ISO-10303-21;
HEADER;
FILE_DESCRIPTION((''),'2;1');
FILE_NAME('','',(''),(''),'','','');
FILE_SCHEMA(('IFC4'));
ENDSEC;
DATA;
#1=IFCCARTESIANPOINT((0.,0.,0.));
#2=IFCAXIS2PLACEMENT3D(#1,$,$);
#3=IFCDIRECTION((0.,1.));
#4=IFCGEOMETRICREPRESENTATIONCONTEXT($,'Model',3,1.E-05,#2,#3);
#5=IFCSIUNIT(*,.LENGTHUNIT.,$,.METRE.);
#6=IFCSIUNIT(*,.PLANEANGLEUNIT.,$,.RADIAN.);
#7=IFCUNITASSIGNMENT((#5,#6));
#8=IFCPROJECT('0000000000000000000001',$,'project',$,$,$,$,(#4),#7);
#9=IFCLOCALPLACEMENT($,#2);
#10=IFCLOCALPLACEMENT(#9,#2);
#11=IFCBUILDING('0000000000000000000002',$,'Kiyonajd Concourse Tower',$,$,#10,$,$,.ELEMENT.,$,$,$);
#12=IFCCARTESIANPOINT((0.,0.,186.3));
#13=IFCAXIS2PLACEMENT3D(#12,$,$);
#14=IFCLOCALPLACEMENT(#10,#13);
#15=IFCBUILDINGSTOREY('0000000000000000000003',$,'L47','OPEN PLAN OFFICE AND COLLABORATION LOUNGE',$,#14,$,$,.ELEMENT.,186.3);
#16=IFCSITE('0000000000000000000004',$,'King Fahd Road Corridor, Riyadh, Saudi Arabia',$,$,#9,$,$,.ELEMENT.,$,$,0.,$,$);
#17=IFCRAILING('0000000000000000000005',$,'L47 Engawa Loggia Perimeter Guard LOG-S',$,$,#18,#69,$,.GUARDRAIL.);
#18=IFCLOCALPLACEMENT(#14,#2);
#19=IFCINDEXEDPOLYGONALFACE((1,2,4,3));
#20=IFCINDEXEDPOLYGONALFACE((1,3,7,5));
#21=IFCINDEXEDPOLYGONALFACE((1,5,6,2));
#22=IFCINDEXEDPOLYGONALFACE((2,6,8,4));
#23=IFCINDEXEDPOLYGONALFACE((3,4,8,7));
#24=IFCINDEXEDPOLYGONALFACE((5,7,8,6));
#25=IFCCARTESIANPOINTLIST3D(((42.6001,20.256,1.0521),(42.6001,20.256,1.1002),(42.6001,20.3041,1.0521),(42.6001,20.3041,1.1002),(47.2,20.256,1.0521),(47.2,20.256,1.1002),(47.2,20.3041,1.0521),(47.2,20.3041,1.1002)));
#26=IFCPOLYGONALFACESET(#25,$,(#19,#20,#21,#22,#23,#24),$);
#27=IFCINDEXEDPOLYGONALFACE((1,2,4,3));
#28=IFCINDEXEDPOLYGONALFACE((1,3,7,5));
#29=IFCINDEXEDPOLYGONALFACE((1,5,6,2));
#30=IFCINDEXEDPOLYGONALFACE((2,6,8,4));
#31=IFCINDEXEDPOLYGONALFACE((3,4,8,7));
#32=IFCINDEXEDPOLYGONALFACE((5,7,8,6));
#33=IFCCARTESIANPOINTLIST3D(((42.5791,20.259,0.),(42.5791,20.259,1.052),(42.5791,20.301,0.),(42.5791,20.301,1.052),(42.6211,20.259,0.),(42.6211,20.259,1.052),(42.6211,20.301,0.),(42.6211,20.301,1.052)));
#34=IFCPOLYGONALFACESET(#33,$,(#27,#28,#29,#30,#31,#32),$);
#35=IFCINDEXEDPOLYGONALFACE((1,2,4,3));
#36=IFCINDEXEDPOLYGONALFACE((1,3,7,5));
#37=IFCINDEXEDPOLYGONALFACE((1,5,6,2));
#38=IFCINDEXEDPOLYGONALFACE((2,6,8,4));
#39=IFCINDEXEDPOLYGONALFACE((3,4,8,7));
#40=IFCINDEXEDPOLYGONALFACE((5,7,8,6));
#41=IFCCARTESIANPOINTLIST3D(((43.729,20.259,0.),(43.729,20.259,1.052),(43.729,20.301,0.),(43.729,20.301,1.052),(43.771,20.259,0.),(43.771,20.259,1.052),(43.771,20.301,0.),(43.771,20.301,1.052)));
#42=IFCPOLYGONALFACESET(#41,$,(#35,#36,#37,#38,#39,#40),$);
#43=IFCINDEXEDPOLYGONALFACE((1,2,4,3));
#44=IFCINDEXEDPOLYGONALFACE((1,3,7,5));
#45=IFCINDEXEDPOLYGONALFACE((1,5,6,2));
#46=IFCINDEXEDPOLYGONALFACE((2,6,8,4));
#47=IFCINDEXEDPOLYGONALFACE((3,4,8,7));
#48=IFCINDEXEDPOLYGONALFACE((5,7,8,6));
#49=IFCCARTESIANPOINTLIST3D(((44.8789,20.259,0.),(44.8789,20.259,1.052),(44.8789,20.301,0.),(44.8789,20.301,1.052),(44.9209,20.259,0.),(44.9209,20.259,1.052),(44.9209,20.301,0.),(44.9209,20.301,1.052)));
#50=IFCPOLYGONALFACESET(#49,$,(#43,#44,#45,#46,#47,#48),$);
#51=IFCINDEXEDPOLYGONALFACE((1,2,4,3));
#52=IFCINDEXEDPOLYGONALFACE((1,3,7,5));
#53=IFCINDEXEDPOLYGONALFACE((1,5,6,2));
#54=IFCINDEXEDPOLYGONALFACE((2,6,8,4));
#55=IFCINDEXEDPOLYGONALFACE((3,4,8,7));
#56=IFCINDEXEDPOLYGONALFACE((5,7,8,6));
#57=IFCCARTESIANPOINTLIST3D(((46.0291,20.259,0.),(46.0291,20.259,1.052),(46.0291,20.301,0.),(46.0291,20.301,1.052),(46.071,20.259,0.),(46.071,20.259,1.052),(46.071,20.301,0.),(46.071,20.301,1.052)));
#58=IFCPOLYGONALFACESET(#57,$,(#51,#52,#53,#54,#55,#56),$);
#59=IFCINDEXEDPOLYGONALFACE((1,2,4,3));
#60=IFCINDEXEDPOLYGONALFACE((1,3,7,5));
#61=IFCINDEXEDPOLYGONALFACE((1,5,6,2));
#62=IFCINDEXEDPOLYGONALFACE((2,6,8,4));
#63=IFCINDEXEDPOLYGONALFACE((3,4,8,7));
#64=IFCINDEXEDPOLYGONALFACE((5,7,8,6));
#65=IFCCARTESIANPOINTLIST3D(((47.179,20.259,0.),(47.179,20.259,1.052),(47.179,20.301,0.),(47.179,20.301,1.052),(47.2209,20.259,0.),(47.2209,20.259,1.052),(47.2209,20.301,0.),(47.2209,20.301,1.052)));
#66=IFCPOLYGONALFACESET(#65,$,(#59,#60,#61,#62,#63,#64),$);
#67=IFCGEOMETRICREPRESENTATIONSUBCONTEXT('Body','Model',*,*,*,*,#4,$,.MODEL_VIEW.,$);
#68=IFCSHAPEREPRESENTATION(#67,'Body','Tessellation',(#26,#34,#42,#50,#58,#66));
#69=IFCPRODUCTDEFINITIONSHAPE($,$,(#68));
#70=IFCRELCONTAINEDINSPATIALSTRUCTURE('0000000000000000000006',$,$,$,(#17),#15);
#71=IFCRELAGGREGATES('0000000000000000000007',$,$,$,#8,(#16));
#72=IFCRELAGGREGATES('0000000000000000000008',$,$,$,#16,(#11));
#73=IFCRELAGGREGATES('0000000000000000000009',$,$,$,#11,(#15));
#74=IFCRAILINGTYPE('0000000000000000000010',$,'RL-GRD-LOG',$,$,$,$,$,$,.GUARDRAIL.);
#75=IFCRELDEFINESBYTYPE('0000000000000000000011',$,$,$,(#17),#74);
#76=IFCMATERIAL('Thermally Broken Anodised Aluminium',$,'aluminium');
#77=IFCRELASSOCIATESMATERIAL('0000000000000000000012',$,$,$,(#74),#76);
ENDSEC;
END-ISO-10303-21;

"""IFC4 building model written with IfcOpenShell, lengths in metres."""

from ifc_helpers import new_model, si_unit, direction, frame, origin, origin_2d, place, context, subcontext, project, spatial, rectangle, extrude, material, type_object, element, save


model = new_model("IFC4")

# Units and contexts
model_context = context("Model", 3, precision=1e-05, world=origin(), true_north=direction((0.0, 1.0)))
body_context = subcontext(model_context, "Body", "Model", "MODEL_VIEW")
ifc_project = project(units=[si_unit("LENGTHUNIT", "METRE"), si_unit("PLANEANGLEUNIT", "RADIAN")], contexts=[model_context])

# Site, building, storey
site_placement = place(None, origin())
site = spatial("IfcSite", under=ifc_project, at=site_placement, Name="King Fahd Road Corridor, Riyadh, Saudi Arabia", CompositionType="ELEMENT", RefElevation=0.0)
building_placement = place(site_placement, origin())
building = spatial("IfcBuilding", under=site, at=building_placement, Name="Kiyonajd Concourse Tower", CompositionType="ELEMENT")
storey_placement = place(building_placement, frame((0.0, 0.0, 186.3)))
storey = spatial("IfcBuildingStorey", under=building, at=storey_placement, Name="L47", Description="OPEN PLAN OFFICE AND COLLABORATION LOUNGE", CompositionType="ELEMENT", Elevation=186.3)

# Shared definitions
ifc_material_1 = material(Name="Thermally Broken Anodised Aluminium", Category="aluminium")

# Railing
railing_type = type_object("IfcRailingType", Name="RL-GRD-LOG", PredefinedType="GUARDRAIL", material=ifc_material_1)
railing_placement = place(storey_placement, frame((42.6001, 20.28, 0.0)))
element("IfcRailing", 1, at=railing_placement, inside=storey, type_object=railing_type, Name="L47 Engawa Loggia Perimeter Guard LOG-S", PredefinedType="GUARDRAIL", context=body_context, shape_type="SweptSolid", body=[
    extrude(rectangle(XDim=0.0481, YDim=0.0481, at=origin_2d()), frame((0.0, 0.0, 1.0762), z_axis=(1.0, 0.0, 0.0), x_axis=(0.0, 1.0, 0.0)), (0.0, 0.0, 1.0), 4.5999),
    extrude(rectangle(XDim=0.042, YDim=0.042, at=origin_2d()), origin(), (0.0, 0.0, 1.0), 1.052),
    extrude(rectangle(XDim=0.042, YDim=0.042, at=origin_2d()), frame((1.1499, 0.0, 0.0)), (0.0, 0.0, 1.0), 1.052),
    extrude(rectangle(XDim=0.042, YDim=0.042, at=origin_2d()), frame((2.2998, 0.0, 0.0)), (0.0, 0.0, 1.0), 1.052),
    extrude(rectangle(XDim=0.042, YDim=0.042, at=origin_2d()), frame((3.45, 0.0, 0.0)), (0.0, 0.0, 1.0), 1.052),
    extrude(rectangle(XDim=0.042, YDim=0.042, at=origin_2d()), frame((4.5999, 0.0, 0.0)), (0.0, 0.0, 1.0), 1.052),
])

save(model, "model.ifc")
